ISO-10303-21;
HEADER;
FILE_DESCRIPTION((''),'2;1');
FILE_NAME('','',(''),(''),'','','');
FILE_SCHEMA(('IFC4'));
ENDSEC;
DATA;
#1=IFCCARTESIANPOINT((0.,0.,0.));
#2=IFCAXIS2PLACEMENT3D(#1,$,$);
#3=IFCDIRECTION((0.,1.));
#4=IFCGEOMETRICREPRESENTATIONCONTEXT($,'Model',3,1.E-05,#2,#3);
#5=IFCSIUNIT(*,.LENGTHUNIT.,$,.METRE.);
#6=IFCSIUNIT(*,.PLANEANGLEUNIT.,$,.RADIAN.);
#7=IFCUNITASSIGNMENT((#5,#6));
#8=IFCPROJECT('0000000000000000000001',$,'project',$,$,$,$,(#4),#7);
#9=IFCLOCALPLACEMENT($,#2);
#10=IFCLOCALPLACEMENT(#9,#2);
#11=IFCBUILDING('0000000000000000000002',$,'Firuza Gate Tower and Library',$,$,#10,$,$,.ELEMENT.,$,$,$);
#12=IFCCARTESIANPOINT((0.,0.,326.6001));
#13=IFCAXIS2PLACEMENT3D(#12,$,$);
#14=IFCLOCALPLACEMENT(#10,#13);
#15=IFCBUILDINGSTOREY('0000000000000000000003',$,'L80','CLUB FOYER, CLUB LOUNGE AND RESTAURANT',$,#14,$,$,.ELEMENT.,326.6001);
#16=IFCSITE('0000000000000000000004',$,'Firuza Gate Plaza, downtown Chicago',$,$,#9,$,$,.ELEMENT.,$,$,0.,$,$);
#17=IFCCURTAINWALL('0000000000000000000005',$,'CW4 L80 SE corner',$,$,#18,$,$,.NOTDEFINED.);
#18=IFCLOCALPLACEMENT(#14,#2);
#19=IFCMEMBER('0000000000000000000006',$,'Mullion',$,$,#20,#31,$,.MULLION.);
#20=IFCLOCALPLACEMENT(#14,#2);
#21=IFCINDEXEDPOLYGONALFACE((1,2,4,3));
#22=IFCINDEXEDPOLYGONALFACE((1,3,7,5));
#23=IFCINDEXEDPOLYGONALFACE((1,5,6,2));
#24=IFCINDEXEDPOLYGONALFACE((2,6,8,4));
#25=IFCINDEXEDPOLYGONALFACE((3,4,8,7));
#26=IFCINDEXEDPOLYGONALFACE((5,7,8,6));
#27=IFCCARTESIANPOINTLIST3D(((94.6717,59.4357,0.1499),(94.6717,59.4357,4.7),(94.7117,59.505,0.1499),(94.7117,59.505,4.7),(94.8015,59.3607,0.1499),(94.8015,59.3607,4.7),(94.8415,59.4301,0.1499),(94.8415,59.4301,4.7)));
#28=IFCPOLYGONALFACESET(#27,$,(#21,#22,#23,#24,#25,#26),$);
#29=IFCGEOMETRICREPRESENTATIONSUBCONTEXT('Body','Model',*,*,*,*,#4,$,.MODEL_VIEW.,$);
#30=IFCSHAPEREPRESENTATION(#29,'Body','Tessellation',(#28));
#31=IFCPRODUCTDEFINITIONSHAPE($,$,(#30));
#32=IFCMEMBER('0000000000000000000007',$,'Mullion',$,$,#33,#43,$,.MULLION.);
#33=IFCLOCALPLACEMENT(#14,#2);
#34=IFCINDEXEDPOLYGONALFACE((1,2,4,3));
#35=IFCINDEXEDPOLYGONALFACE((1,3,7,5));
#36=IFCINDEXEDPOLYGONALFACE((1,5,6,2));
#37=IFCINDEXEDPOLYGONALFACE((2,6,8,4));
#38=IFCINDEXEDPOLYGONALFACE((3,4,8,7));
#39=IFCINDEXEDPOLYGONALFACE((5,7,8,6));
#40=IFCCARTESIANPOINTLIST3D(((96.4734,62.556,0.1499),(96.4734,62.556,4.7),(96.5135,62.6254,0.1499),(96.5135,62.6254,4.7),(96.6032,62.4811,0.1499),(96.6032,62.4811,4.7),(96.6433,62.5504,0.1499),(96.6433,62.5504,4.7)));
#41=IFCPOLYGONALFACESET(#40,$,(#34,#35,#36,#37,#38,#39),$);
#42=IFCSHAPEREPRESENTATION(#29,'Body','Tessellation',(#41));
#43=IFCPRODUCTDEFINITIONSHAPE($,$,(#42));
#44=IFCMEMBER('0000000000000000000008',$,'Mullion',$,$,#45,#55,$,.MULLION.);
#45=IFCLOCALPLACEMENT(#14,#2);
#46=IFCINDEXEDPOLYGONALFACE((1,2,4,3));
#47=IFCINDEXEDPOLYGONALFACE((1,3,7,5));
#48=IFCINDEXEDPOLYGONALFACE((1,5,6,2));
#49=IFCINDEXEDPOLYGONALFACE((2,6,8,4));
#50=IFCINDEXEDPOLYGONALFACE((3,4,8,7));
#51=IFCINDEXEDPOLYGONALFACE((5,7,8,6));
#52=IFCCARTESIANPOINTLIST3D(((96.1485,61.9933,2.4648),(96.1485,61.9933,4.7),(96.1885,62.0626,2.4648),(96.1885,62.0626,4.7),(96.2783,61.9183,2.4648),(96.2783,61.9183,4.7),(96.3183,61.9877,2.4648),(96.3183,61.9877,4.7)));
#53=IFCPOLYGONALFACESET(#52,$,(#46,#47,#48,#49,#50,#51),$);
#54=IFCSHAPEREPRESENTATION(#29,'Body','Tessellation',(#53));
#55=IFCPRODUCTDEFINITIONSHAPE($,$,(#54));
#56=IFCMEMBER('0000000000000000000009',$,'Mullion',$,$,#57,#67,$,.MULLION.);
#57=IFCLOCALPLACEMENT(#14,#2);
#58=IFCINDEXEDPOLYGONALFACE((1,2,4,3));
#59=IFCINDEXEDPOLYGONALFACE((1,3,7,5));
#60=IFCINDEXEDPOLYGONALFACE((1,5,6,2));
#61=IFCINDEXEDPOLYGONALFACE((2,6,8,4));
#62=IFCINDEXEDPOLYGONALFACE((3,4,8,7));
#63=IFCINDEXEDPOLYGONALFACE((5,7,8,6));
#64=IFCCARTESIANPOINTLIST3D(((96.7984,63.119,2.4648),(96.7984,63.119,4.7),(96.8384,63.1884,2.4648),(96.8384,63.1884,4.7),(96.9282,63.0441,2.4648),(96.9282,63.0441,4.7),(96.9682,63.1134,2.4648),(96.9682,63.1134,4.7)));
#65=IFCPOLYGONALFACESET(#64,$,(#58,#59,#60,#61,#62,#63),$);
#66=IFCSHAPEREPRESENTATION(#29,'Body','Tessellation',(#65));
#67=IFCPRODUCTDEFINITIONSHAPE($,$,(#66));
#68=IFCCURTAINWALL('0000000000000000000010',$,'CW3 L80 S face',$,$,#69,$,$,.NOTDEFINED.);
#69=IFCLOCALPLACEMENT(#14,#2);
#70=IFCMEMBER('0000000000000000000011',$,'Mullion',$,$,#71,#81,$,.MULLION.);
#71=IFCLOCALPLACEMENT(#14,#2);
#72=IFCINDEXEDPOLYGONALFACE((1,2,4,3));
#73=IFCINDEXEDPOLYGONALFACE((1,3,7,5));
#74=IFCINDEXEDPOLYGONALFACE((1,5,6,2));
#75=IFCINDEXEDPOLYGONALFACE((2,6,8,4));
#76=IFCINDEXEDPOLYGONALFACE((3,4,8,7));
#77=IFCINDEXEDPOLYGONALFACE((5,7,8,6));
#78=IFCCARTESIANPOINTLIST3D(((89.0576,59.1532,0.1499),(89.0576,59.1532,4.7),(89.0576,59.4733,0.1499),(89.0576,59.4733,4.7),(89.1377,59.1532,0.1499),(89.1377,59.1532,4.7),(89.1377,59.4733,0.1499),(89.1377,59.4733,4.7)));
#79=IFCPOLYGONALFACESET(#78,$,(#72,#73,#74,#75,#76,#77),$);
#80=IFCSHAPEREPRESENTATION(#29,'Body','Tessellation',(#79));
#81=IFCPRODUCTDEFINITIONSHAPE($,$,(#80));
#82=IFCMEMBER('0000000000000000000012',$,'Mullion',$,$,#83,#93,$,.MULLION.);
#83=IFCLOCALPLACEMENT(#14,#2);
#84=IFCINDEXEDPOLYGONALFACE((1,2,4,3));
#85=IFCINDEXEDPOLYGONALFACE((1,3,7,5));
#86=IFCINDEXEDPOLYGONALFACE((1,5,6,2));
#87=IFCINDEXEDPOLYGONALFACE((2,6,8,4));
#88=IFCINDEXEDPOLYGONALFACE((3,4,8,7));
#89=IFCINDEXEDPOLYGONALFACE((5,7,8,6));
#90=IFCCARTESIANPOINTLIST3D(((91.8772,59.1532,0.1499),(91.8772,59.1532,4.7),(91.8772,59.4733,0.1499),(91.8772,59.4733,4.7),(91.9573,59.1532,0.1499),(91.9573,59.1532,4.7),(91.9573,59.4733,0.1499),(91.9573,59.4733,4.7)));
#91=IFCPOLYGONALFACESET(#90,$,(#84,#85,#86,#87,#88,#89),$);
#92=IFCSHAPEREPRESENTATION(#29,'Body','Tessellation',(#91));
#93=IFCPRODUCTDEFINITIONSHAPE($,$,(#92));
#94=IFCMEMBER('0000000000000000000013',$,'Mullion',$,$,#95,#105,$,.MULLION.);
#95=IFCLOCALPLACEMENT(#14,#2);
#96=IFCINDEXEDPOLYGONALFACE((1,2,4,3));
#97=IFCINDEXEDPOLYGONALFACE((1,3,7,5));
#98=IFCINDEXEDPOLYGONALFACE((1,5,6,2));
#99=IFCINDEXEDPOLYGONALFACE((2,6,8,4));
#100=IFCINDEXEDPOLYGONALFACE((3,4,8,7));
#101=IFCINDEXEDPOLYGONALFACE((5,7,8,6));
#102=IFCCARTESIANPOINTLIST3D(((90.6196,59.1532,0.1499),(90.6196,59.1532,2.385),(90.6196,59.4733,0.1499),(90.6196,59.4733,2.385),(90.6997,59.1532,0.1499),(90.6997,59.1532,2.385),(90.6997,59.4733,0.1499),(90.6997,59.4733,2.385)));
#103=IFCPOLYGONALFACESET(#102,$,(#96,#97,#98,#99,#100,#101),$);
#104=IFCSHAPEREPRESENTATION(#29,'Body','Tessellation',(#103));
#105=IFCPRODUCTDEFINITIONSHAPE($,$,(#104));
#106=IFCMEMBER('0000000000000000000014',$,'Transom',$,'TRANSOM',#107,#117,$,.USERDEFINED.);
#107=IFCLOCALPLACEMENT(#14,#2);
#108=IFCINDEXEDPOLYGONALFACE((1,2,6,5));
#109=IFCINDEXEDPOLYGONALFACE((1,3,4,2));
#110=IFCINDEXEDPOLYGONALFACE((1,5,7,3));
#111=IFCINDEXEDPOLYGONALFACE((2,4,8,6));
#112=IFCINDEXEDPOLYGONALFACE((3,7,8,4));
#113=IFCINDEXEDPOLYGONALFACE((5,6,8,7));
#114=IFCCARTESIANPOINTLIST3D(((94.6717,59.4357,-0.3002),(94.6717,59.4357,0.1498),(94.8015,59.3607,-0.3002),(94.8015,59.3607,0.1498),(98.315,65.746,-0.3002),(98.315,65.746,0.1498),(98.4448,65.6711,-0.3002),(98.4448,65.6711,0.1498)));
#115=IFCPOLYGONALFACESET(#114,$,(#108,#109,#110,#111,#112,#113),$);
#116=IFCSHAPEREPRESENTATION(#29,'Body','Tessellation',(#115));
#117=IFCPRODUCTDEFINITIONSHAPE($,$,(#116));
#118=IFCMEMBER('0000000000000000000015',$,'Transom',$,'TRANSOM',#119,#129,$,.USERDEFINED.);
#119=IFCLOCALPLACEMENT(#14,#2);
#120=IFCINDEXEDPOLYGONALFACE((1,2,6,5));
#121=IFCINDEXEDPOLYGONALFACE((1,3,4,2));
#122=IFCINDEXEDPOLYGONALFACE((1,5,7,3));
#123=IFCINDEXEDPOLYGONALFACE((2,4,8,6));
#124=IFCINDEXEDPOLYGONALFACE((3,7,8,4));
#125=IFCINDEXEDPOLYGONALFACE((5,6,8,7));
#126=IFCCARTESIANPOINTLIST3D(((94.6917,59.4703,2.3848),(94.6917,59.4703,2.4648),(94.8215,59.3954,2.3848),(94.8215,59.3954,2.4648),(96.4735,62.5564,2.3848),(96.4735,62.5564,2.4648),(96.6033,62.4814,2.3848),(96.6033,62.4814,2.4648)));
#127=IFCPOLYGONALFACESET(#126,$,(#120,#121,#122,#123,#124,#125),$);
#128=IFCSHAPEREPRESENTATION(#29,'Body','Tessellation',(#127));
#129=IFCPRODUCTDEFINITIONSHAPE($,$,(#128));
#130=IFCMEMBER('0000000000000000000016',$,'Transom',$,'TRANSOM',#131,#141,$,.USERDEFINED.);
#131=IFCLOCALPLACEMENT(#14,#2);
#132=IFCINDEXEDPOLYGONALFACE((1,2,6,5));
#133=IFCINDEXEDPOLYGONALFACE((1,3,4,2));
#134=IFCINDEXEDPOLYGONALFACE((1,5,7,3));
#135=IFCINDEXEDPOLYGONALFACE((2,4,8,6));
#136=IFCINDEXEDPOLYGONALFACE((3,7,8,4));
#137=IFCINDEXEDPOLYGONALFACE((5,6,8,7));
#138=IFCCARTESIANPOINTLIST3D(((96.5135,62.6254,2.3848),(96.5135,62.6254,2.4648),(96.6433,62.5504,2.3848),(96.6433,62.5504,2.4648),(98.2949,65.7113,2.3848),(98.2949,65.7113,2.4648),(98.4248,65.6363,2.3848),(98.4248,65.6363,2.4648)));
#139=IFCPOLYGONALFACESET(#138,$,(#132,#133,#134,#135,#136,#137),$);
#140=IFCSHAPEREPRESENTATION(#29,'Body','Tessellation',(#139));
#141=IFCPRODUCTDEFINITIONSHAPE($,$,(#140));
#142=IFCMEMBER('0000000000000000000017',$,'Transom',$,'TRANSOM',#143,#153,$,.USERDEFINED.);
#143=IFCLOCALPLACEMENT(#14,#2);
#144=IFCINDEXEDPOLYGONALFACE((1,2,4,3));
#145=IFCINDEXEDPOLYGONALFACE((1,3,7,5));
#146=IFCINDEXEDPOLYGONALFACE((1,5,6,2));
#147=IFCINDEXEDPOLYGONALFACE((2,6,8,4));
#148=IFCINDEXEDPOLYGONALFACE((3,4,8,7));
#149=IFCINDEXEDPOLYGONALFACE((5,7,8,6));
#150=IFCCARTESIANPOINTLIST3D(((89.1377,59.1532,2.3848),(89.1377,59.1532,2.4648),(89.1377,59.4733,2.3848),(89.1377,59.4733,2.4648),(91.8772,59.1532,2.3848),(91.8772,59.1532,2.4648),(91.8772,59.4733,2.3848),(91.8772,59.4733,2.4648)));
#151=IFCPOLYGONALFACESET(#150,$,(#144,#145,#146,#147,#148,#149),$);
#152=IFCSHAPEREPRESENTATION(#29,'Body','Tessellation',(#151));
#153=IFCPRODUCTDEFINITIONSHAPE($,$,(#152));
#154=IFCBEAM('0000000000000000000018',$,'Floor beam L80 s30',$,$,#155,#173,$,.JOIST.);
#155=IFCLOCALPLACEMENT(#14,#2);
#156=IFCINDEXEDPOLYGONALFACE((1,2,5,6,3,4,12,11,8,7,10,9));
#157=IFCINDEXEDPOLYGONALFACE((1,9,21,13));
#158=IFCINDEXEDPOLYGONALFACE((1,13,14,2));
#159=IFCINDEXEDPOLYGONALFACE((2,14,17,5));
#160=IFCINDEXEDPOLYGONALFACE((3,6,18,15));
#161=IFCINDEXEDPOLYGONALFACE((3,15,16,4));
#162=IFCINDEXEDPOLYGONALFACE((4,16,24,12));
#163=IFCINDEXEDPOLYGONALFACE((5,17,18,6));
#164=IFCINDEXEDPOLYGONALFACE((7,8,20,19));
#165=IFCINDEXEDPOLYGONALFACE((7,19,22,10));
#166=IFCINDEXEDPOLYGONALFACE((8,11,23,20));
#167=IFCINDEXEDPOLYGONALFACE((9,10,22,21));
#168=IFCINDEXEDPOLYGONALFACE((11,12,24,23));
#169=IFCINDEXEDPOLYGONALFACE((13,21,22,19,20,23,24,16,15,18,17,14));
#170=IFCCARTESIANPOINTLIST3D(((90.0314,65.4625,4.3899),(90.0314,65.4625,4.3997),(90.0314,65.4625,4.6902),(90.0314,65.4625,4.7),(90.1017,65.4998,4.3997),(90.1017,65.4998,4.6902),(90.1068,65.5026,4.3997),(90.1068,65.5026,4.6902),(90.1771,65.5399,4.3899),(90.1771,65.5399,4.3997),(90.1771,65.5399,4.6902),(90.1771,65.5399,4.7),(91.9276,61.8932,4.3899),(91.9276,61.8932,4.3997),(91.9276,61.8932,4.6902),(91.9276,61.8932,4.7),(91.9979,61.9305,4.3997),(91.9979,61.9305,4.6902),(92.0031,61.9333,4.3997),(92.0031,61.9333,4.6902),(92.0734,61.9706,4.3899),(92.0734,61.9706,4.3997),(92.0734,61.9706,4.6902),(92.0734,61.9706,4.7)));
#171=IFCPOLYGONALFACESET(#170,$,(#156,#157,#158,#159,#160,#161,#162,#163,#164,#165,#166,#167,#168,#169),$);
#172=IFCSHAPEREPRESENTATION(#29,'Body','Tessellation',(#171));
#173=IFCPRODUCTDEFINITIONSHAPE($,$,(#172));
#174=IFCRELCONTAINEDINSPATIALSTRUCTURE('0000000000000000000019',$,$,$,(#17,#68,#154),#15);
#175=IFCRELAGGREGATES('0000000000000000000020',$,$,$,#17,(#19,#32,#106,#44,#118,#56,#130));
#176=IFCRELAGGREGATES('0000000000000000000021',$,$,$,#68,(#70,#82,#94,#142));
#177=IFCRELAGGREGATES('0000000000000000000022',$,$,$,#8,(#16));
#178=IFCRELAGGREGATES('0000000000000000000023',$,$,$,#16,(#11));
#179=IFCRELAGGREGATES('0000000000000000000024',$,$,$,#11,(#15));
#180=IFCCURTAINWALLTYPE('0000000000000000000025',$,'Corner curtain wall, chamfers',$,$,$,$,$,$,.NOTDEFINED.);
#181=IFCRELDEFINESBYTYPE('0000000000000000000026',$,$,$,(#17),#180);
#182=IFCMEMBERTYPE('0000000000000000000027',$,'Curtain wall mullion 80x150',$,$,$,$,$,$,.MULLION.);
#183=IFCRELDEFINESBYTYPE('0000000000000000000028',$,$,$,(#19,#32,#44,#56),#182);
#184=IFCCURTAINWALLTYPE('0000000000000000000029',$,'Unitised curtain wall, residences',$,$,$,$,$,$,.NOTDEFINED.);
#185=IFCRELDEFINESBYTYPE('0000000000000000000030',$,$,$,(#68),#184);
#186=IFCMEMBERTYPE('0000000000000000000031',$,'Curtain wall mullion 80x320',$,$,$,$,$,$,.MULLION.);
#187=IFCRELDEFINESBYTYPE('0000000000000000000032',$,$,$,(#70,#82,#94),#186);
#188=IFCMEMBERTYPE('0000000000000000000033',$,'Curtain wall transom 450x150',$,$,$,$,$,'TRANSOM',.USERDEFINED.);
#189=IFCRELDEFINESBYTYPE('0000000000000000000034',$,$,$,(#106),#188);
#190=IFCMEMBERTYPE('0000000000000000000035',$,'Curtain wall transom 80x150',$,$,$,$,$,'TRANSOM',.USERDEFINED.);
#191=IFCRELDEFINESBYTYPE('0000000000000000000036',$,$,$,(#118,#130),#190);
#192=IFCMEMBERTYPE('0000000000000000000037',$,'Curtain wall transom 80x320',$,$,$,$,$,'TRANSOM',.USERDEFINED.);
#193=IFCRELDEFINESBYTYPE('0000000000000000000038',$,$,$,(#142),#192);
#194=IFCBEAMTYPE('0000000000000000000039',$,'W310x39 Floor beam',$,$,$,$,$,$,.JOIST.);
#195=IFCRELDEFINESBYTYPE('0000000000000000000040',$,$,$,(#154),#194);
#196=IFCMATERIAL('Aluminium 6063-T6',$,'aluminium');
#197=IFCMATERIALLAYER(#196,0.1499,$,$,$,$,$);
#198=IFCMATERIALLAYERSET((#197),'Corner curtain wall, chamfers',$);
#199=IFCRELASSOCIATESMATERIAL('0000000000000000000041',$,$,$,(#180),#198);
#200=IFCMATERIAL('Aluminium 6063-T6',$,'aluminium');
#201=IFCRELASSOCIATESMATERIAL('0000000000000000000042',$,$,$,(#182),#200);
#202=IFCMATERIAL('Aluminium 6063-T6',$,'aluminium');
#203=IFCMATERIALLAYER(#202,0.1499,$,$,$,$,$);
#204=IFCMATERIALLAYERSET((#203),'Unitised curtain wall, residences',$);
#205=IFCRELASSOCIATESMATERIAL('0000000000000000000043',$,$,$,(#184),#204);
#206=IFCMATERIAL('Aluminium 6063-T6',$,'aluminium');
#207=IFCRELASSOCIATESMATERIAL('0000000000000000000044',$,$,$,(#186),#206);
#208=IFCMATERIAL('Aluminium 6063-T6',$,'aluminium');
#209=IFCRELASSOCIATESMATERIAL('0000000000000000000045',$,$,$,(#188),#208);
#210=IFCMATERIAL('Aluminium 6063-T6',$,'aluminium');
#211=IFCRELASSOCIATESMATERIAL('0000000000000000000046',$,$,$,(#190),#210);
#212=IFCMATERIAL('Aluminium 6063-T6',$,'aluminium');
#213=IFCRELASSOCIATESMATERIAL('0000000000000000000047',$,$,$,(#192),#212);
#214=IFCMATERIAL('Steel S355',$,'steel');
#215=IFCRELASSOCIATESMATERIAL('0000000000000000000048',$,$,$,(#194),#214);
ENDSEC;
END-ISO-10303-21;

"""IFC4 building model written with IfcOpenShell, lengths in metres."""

from ifc_helpers import new_model, si_unit, direction, frame, origin, origin_2d, place, context, subcontext, project, spatial, rectangle, i_section, extrude, material, layer, layer_set, material_profile, profile_set, type_object, element, aggregate, save


model = new_model("IFC4")

# Units and contexts
model_context = context("Model", 3, precision=1e-05, world=origin(), true_north=direction((0.0, 1.0)))
body_context = subcontext(model_context, "Body", "Model", "MODEL_VIEW")
ifc_project = project(units=[si_unit("LENGTHUNIT", "METRE"), si_unit("PLANEANGLEUNIT", "RADIAN")], contexts=[model_context])

# Site, building, storey
site_placement = place(None, origin())
site = spatial("IfcSite", under=ifc_project, at=site_placement, Name="Firuza Gate Plaza, downtown Chicago", CompositionType="ELEMENT", RefElevation=0.0)
building_placement = place(site_placement, origin())
building = spatial("IfcBuilding", under=site, at=building_placement, Name="Firuza Gate Tower and Library", CompositionType="ELEMENT")
storey_placement = place(building_placement, frame((0.0, 0.0, 326.6001)))
storey = spatial("IfcBuildingStorey", under=building, at=storey_placement, Name="L80", Description="CLUB FOYER, CLUB LOUNGE AND RESTAURANT", CompositionType="ELEMENT", Elevation=326.6001)

# Curtain walls, members
ifc_material_1 = material(Name="Aluminium 6063-T6", Category="aluminium")
ifc_layer_1 = layer(ifc_material_1, 0.1499)
ifc_layer_set_1 = layer_set([ifc_layer_1], Name="Corner curtain wall, chamfers")
curtain_wall_type_1 = type_object("IfcCurtainWallType", Name="Corner curtain wall, chamfers", PredefinedType="NOTDEFINED", material=ifc_layer_set_1)
placement = place(storey_placement, origin())
curtain_wall_1 = element("IfcCurtainWall", 1, at=placement, inside=storey, type_object=curtain_wall_type_1, Name="CW4 L80 SE corner", PredefinedType="NOTDEFINED")
ifc_material_2 = material(Name="Aluminium 6063-T6", Category="aluminium")
ifc_material_profile_1 = material_profile(ifc_material_2, rectangle(XDim=0.1499, YDim=0.0801, at=origin_2d()))
ifc_profile_set_1 = profile_set([ifc_material_profile_1], Name="Aluminium 6063-T6")
member_type_1 = type_object("IfcMemberType", Name="Curtain wall mullion 80x150", PredefinedType="MULLION", material=ifc_profile_set_1)
member_1_placement = place(storey_placement, frame((94.7566, 59.4329, 0.1499), z_axis=(0.0, 0.0, 1.0), x_axis=(-0.866025, 0.5, 0.0)))
member_1 = element("IfcMember", 2, at=member_1_placement, type_object=member_type_1, Name="Mullion", PredefinedType="MULLION", context=body_context, shape_type="SweptSolid", body=[
    extrude(rectangle(XDim=0.1499, YDim=0.0801, at=origin_2d()), origin(), (0.0, 0.0, 1.0), 4.55),
])
member_2_placement = place(storey_placement, frame((96.5583, 62.5532, 0.1499), z_axis=(0.0, 0.0, 1.0), x_axis=(-0.866025, 0.5, 0.0)))
member_2 = element("IfcMember", 3, at=member_2_placement, type_object=member_type_1, Name="Mullion", PredefinedType="MULLION", context=body_context, shape_type="SweptSolid", body=[
    extrude(rectangle(XDim=0.1499, YDim=0.0801, at=origin_2d()), origin(), (0.0, 0.0, 1.0), 4.55),
])
member_3_placement = place(storey_placement, frame((96.2334, 61.9905, 2.4648), z_axis=(0.0, 0.0, 1.0), x_axis=(-0.866025, 0.5, 0.0)))
member_3 = element("IfcMember", 4, at=member_3_placement, type_object=member_type_1, Name="Mullion", PredefinedType="MULLION", context=body_context, shape_type="SweptSolid", body=[
    extrude(rectangle(XDim=0.1499, YDim=0.0801, at=origin_2d()), origin(), (0.0, 0.0, 1.0), 2.2351),
])
member_4_placement = place(storey_placement, frame((96.8833, 63.1162, 2.4648), z_axis=(0.0, 0.0, 1.0), x_axis=(-0.866025, 0.5, 0.0)))
member_4 = element("IfcMember", 5, at=member_4_placement, type_object=member_type_1, Name="Mullion", PredefinedType="MULLION", context=body_context, shape_type="SweptSolid", body=[
    extrude(rectangle(XDim=0.1499, YDim=0.0801, at=origin_2d()), origin(), (0.0, 0.0, 1.0), 2.2351),
])
ifc_material_3 = material(Name="Aluminium 6063-T6", Category="aluminium")
ifc_layer_2 = layer(ifc_material_3, 0.1499)
ifc_layer_set_2 = layer_set([ifc_layer_2], Name="Unitised curtain wall, residences")
curtain_wall_type_2 = type_object("IfcCurtainWallType", Name="Unitised curtain wall, residences", PredefinedType="NOTDEFINED", material=ifc_layer_set_2)
curtain_wall_2 = element("IfcCurtainWall", 6, at=placement, inside=storey, type_object=curtain_wall_type_2, Name="CW3 L80 S face", PredefinedType="NOTDEFINED")
ifc_material_4 = material(Name="Aluminium 6063-T6", Category="aluminium")
ifc_material_profile_2 = material_profile(ifc_material_4, rectangle(XDim=0.3201, YDim=0.0801, at=origin_2d()))
ifc_profile_set_2 = profile_set([ifc_material_profile_2], Name="Aluminium 6063-T6")
member_type_2 = type_object("IfcMemberType", Name="Curtain wall mullion 80x320", PredefinedType="MULLION", material=ifc_profile_set_2)
member_5_placement = place(storey_placement, frame((89.0977, 59.3132, 0.1499), z_axis=(0.0, 0.0, 1.0), x_axis=(0.0, 1.0, 0.0)))
member_5 = element("IfcMember", 7, at=member_5_placement, type_object=member_type_2, Name="Mullion", PredefinedType="MULLION", context=body_context, shape_type="SweptSolid", body=[
    extrude(rectangle(XDim=0.3201, YDim=0.0801, at=origin_2d()), origin(), (0.0, 0.0, 1.0), 4.55),
])
member_6_placement = place(storey_placement, frame((91.9172, 59.3132, 0.1499), z_axis=(0.0, 0.0, 1.0), x_axis=(0.0, 1.0, 0.0)))
member_6 = element("IfcMember", 8, at=member_6_placement, type_object=member_type_2, Name="Mullion", PredefinedType="MULLION", context=body_context, shape_type="SweptSolid", body=[
    extrude(rectangle(XDim=0.3201, YDim=0.0801, at=origin_2d()), origin(), (0.0, 0.0, 1.0), 4.55),
])
member_7_placement = place(storey_placement, frame((90.6597, 59.3132, 0.1499), z_axis=(0.0, 0.0, 1.0), x_axis=(0.0, 1.0, 0.0)))
member_7 = element("IfcMember", 9, at=member_7_placement, type_object=member_type_2, Name="Mullion", PredefinedType="MULLION", context=body_context, shape_type="SweptSolid", body=[
    extrude(rectangle(XDim=0.3201, YDim=0.0801, at=origin_2d()), origin(), (0.0, 0.0, 1.0), 2.2351),
])

# Members
ifc_material_5 = material(Name="Aluminium 6063-T6", Category="aluminium")
ifc_material_profile_3 = material_profile(ifc_material_5, rectangle(XDim=0.1499, YDim=0.45, at=origin_2d()))
ifc_profile_set_3 = profile_set([ifc_material_profile_3], Name="Aluminium 6063-T6")
member_type_3 = type_object("IfcMemberType", Name="Curtain wall transom 450x150", ElementType="TRANSOM", PredefinedType="USERDEFINED", material=ifc_profile_set_3)
member_8_placement = place(storey_placement, frame((94.7366, 59.3982, -0.0752), z_axis=(0.500006, 0.866022, 0.0), x_axis=(-0.866022, 0.500006, 0.0)))
member_8 = element("IfcMember", 10, at=member_8_placement, type_object=member_type_3, Name="Transom", ObjectType="TRANSOM", PredefinedType="USERDEFINED", context=body_context, shape_type="SweptSolid", body=[
    extrude(rectangle(XDim=0.1499, YDim=0.45, at=origin_2d()), origin(), (0.0, 0.0, 1.0), 7.2866),
])
ifc_material_6 = material(Name="Aluminium 6063-T6", Category="aluminium")
ifc_material_profile_4 = material_profile(ifc_material_6, rectangle(XDim=0.1499, YDim=0.0801, at=origin_2d()))
ifc_profile_set_4 = profile_set([ifc_material_profile_4], Name="Aluminium 6063-T6")
member_type_4 = type_object("IfcMemberType", Name="Curtain wall transom 80x150", ElementType="TRANSOM", PredefinedType="USERDEFINED", material=ifc_profile_set_4)
member_9_placement = place(storey_placement, frame((94.7566, 59.4329, 2.4248), z_axis=(0.500015, 0.866017, 0.0), x_axis=(-0.866017, 0.500015, 0.0)))
member_9 = element("IfcMember", 11, at=member_9_placement, type_object=member_type_4, Name="Transom", ObjectType="TRANSOM", PredefinedType="USERDEFINED", context=body_context, shape_type="SweptSolid", body=[
    extrude(rectangle(XDim=0.1499, YDim=0.0801, at=origin_2d()), origin(), (0.0, 0.0, 1.0), 3.5635),
])
member_10_placement = place(storey_placement, frame((96.5784, 62.5879, 2.4248), z_axis=(0.499964, 0.866046, 0.0), x_axis=(-0.866046, 0.499964, 0.0)))
member_10 = element("IfcMember", 12, at=member_10_placement, type_object=member_type_4, Name="Transom", ObjectType="TRANSOM", PredefinedType="USERDEFINED", context=body_context, shape_type="SweptSolid", body=[
    extrude(rectangle(XDim=0.1499, YDim=0.0801, at=origin_2d()), origin(), (0.0, 0.0, 1.0), 3.5632),
])
ifc_material_7 = material(Name="Aluminium 6063-T6", Category="aluminium")
ifc_material_profile_5 = material_profile(ifc_material_7, rectangle(XDim=0.3201, YDim=0.0801, at=origin_2d()))
ifc_profile_set_5 = profile_set([ifc_material_profile_5], Name="Aluminium 6063-T6")
member_type_5 = type_object("IfcMemberType", Name="Curtain wall transom 80x320", ElementType="TRANSOM", PredefinedType="USERDEFINED", material=ifc_profile_set_5)
member_11_placement = place(storey_placement, frame((89.1377, 59.3132, 2.4248), z_axis=(1.0, 0.0, 0.0), x_axis=(0.0, 1.0, 0.0)))
member_11 = element("IfcMember", 13, at=member_11_placement, type_object=member_type_5, Name="Transom", ObjectType="TRANSOM", PredefinedType="USERDEFINED", context=body_context, shape_type="SweptSolid", body=[
    extrude(rectangle(XDim=0.3201, YDim=0.0801, at=origin_2d()), origin(), (0.0, 0.0, 1.0), 2.7395),
])

# Beam
ifc_material_8 = material(Name="Steel S355", Category="steel")
ifc_material_profile_6 = material_profile(ifc_material_8, i_section(OverallWidth=0.165, OverallDepth=0.3101, WebThickness=0.0059, FlangeThickness=0.0098, at=origin_2d()))
ifc_profile_set_6 = profile_set([ifc_material_profile_6], Name="Steel S355")
beam_type_1 = type_object("IfcBeamType", Name="W310x39 Floor beam", PredefinedType="JOIST", material=ifc_profile_set_6)
beam_1_placement = place(storey_placement, frame((92.0005, 61.9319, 4.5449), z_axis=(-0.469161, 0.883113, 0.0), x_axis=(-0.883113, -0.469161, 0.0)))
element("IfcBeam", 14, at=beam_1_placement, inside=storey, type_object=beam_type_1, Name="Floor beam L80 s30", PredefinedType="JOIST", context=body_context, shape_type="SweptSolid", body=[
    extrude(i_section(OverallWidth=0.165, OverallDepth=0.3101, WebThickness=0.0059, FlangeThickness=0.0098, at=origin_2d()), origin(), (0.0, 0.0, 1.0), 4.0417),
])

aggregate(curtain_wall_1, [member_1, member_2, member_8, member_3, member_9, member_4, member_10])
aggregate(curtain_wall_2, [member_5, member_6, member_7, member_11])

save(model, "model.ifc")
